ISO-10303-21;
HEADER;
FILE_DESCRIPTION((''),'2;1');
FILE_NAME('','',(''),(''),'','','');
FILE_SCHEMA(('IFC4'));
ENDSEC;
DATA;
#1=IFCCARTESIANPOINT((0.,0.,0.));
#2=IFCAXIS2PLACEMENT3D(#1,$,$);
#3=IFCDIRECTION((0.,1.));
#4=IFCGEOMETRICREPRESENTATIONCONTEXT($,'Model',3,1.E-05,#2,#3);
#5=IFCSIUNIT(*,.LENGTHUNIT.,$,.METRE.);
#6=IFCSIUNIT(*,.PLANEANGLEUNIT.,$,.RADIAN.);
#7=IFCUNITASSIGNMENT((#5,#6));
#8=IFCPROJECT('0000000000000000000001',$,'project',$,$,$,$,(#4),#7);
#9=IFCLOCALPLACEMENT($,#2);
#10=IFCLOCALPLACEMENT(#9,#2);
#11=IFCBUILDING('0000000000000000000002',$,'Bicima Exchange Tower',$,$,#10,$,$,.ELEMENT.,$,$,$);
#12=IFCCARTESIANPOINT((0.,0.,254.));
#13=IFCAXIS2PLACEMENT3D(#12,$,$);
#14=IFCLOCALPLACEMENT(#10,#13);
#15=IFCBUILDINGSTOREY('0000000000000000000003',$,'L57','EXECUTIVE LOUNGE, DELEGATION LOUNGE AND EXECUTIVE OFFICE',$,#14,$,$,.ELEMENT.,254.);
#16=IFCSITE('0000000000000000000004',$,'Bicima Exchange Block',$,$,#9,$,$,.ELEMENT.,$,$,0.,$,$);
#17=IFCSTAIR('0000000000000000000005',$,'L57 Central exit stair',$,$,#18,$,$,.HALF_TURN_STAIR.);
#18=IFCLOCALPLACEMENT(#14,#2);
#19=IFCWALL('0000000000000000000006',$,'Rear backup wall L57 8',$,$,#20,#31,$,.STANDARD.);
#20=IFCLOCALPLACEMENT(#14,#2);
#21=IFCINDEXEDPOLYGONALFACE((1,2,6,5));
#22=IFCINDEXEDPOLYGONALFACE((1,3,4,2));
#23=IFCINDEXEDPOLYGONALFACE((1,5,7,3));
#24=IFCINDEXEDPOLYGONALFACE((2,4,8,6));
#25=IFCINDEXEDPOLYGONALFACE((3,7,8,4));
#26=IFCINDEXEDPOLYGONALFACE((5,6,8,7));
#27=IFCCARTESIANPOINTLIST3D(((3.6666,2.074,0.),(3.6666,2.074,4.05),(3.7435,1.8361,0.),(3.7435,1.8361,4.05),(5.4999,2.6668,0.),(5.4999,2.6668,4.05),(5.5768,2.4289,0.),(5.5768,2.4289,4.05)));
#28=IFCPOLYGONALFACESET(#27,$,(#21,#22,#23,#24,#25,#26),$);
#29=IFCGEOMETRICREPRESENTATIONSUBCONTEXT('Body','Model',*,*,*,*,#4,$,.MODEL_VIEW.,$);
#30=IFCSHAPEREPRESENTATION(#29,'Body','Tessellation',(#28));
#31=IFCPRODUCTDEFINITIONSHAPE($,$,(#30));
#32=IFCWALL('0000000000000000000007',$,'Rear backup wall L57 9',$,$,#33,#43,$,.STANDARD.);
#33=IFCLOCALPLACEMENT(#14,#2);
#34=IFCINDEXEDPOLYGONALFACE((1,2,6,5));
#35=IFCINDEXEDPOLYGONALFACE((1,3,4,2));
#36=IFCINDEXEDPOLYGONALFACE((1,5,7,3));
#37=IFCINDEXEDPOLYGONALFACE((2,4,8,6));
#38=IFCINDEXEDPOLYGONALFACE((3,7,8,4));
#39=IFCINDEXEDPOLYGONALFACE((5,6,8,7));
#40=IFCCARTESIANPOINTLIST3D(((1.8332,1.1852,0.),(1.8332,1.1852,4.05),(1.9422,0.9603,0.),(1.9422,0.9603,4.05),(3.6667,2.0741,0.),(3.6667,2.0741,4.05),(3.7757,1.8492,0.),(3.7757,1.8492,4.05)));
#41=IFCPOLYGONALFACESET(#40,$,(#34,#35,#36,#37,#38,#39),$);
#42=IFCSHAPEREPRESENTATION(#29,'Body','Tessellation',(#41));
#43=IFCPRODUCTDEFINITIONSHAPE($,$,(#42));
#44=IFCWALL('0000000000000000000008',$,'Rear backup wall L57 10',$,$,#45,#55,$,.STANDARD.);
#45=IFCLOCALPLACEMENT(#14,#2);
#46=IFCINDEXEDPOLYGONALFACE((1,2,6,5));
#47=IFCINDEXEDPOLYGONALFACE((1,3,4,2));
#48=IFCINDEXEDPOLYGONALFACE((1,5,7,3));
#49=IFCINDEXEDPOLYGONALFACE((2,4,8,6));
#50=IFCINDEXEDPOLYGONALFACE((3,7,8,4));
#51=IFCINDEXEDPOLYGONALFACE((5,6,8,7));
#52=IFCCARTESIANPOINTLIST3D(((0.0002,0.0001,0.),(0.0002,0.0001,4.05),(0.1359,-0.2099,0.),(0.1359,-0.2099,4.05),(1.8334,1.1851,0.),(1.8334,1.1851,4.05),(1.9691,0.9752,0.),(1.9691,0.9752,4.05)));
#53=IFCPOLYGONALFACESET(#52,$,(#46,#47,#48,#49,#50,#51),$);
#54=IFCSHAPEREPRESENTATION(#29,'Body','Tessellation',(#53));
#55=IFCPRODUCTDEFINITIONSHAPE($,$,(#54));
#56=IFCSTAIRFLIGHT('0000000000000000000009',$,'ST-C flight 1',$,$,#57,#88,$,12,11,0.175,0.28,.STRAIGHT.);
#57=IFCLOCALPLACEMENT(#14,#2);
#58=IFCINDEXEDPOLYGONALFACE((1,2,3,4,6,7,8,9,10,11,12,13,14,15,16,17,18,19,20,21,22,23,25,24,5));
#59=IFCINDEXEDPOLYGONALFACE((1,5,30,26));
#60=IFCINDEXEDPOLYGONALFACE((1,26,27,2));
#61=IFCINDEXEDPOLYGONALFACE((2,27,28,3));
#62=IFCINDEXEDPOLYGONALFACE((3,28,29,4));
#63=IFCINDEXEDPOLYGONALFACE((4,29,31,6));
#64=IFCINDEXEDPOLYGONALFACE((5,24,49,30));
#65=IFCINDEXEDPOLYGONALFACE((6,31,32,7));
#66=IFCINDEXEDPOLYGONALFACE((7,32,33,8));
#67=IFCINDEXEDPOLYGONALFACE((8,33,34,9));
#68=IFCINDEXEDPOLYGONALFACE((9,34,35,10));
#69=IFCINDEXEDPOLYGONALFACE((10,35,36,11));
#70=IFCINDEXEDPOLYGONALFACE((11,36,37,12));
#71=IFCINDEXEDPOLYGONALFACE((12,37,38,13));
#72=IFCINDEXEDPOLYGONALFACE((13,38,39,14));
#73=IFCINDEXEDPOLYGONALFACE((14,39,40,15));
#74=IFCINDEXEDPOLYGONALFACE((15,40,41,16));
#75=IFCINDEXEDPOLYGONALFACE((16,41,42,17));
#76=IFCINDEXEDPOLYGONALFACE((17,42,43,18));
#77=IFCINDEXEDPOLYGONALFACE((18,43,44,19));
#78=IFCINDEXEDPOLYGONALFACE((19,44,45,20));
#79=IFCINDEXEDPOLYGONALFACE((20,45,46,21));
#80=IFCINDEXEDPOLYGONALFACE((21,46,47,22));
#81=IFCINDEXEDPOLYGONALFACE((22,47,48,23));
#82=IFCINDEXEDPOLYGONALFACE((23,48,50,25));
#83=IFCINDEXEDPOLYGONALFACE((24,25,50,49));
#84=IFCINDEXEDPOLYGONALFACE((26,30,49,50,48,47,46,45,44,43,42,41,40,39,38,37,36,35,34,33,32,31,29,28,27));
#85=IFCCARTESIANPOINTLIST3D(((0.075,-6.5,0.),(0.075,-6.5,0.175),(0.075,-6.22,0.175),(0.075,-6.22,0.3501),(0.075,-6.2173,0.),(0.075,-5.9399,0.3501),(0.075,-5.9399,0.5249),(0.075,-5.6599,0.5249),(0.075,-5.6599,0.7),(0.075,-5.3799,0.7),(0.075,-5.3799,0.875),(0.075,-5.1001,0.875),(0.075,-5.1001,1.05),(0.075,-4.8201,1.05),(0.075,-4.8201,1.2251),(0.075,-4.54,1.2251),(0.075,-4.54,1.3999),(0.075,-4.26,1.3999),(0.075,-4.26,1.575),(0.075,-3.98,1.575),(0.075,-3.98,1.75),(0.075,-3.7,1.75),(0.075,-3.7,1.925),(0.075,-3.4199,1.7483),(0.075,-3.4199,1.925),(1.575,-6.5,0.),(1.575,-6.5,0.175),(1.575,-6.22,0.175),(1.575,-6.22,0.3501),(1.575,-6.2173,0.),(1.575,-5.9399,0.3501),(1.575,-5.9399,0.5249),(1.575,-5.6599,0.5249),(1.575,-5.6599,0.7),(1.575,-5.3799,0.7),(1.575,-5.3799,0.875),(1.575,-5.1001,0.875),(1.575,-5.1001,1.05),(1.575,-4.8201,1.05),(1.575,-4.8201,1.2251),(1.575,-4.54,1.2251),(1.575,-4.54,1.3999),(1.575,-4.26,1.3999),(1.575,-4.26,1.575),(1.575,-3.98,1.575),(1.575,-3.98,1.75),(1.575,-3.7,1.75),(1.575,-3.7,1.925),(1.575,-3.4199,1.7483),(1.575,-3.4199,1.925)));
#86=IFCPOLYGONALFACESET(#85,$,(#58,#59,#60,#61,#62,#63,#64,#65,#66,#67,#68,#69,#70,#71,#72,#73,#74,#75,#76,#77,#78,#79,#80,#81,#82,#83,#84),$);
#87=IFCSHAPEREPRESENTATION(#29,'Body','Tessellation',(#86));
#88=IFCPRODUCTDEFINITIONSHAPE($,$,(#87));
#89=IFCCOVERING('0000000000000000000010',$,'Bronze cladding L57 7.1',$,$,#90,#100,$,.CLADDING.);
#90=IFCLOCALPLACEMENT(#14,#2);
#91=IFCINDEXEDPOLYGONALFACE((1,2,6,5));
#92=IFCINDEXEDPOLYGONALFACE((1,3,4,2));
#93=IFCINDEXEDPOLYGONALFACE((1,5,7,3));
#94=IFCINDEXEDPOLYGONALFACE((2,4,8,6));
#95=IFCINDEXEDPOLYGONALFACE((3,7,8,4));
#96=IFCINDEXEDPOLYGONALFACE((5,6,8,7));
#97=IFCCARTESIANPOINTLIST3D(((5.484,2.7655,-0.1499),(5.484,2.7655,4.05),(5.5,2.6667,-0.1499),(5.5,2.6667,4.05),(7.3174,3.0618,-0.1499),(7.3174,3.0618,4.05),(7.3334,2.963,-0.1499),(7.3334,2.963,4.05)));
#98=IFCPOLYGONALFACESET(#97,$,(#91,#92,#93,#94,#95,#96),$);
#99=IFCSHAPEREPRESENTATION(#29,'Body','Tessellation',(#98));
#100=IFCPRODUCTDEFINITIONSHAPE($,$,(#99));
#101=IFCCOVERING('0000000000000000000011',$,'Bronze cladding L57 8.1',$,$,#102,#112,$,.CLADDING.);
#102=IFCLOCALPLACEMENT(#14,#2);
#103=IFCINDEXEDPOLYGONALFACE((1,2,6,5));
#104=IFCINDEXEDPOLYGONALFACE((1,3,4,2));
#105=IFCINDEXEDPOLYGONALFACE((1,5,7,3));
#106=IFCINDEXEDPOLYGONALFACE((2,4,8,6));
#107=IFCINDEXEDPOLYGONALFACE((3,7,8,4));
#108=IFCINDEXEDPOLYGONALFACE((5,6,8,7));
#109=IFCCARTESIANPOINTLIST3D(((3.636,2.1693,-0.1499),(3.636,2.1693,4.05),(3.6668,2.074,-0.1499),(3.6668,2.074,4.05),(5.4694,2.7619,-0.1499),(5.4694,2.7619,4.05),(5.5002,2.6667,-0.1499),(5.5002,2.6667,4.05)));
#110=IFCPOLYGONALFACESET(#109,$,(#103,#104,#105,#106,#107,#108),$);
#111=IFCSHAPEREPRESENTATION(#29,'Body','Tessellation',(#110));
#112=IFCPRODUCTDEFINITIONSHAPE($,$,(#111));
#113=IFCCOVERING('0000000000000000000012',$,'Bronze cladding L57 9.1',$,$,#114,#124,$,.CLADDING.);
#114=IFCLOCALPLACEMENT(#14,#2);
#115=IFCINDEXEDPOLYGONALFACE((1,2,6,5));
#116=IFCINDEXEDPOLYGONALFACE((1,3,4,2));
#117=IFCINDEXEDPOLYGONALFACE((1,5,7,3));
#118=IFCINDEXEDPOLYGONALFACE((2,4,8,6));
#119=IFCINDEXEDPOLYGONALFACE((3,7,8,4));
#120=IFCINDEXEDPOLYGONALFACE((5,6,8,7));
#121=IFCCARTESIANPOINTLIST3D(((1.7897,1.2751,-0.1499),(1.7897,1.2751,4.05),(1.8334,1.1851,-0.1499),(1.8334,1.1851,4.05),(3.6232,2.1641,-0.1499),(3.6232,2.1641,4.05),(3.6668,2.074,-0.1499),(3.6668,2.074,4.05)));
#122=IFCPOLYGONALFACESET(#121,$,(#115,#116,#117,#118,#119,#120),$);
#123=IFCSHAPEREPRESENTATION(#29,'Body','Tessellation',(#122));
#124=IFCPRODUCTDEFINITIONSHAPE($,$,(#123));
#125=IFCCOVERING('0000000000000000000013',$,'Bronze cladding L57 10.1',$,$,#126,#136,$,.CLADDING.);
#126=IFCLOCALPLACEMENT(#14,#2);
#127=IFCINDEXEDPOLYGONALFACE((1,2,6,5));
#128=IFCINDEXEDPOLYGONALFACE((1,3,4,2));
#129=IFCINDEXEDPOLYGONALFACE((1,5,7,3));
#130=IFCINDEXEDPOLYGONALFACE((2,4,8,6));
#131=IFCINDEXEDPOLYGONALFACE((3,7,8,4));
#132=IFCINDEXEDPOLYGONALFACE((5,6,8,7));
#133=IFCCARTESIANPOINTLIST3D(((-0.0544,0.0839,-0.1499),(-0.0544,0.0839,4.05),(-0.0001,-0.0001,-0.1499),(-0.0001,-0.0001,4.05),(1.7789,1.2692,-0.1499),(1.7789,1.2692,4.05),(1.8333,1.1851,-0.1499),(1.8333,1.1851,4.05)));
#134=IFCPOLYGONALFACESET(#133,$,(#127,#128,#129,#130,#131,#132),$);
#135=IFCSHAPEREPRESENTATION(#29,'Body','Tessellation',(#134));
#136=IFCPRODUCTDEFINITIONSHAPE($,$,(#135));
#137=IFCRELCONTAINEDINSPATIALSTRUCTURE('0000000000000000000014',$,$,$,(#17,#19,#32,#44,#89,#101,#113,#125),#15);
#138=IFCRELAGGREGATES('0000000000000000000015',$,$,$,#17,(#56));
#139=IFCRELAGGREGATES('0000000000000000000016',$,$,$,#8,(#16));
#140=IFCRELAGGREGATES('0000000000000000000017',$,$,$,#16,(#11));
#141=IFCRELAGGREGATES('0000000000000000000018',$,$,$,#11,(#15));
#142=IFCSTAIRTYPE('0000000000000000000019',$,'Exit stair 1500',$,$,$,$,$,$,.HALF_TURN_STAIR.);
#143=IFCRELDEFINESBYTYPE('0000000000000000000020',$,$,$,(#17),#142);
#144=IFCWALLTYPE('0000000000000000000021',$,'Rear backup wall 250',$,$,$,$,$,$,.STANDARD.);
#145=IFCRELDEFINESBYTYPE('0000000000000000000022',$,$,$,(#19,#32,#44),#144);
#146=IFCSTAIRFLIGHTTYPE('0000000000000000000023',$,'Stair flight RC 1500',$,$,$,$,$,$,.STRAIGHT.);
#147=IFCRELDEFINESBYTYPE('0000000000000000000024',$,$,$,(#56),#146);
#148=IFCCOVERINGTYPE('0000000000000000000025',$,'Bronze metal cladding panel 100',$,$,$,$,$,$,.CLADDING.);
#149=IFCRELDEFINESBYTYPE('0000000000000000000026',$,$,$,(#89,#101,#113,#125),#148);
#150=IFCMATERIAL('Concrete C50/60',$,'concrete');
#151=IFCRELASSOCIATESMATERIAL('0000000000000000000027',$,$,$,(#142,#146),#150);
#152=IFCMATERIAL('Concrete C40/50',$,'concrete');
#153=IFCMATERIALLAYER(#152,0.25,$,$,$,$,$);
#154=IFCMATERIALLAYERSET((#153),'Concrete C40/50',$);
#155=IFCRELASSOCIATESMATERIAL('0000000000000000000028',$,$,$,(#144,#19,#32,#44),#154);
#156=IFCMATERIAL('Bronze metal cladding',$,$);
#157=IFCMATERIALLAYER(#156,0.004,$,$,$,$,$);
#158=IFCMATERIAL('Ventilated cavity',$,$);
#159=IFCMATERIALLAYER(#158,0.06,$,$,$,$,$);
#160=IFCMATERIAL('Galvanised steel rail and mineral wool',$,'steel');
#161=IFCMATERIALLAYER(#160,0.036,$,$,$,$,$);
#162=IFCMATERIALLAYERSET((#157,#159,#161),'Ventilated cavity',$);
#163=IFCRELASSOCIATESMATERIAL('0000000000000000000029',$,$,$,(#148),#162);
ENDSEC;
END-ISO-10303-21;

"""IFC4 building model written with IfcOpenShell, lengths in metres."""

from ifc_helpers import new_model, si_unit, direction, frame, frame_2d, origin, origin_2d, place, context, subcontext, project, spatial, polyline, rectangle, outline, extrude, material, layer, layer_set, layer_usage, type_object, element, aggregate, save


model = new_model("IFC4")

# Units and contexts
model_context = context("Model", 3, precision=1e-05, world=origin(), true_north=direction((0.0, 1.0)))
body_context = subcontext(model_context, "Body", "Model", "MODEL_VIEW")
ifc_project = project(units=[si_unit("LENGTHUNIT", "METRE"), si_unit("PLANEANGLEUNIT", "RADIAN")], contexts=[model_context])

# Site, building, storey
site_placement = place(None, origin())
site = spatial("IfcSite", under=ifc_project, at=site_placement, Name="Bicima Exchange Block", CompositionType="ELEMENT", RefElevation=0.0)
building_placement = place(site_placement, origin())
building = spatial("IfcBuilding", under=site, at=building_placement, Name="Bicima Exchange Tower", CompositionType="ELEMENT")
storey_placement = place(building_placement, frame((0.0, 0.0, 254.0)))
storey = spatial("IfcBuildingStorey", under=building, at=storey_placement, Name="L57", Description="EXECUTIVE LOUNGE, DELEGATION LOUNGE AND EXECUTIVE OFFICE", CompositionType="ELEMENT", Elevation=254.0)

# Stair
ifc_material_1 = material(Name="Concrete C50/60", Category="concrete")
stair_type_1 = type_object("IfcStairType", Name="Exit stair 1500", PredefinedType="HALF_TURN_STAIR", material=ifc_material_1)
stair_1_placement = place(storey_placement, origin())
stair_1 = element("IfcStair", 1, at=stair_1_placement, inside=storey, type_object=stair_type_1, Name="L57 Central exit stair", PredefinedType="HALF_TURN_STAIR")

# Shared definitions
ifc_material_2 = material(Name="Concrete C40/50", Category="concrete")

# Walls
ifc_layer_1 = layer(ifc_material_2, 0.25)
ifc_layer_set_1 = layer_set([ifc_layer_1], Name="Concrete C40/50")
ifc_layer_usage = layer_usage(ifc_layer_set_1, "AXIS2", "POSITIVE", -0.125)
wall_type_1 = type_object("IfcWallType", Name="Rear backup wall 250", PredefinedType="STANDARD", material=ifc_layer_set_1)
wall_1_placement = place(storey_placement, frame((5.5383, 2.5479, 0.0), z_axis=(0.0, 0.0, 1.0), x_axis=(-0.951496, -0.307662, 0.0)))
element("IfcWall", 2, at=wall_1_placement, inside=storey, type_object=wall_type_1, material=ifc_layer_usage, Name="Rear backup wall L57 8", PredefinedType="STANDARD", context=body_context, shape_type="SweptSolid", body=[
    extrude(rectangle(XDim=1.9268, YDim=0.25, at=frame_2d((0.9634, 0.0))), origin(), (0.0, 0.0, 1.0), 4.05),
])
wall_2_placement = place(storey_placement, frame((3.7212, 1.9617, 0.0), z_axis=(0.0, 0.0, 1.0), x_axis=(-0.899824, -0.436253, 0.0)))
element("IfcWall", 3, at=wall_2_placement, inside=storey, type_object=wall_type_1, material=ifc_layer_usage, Name="Rear backup wall L57 9", PredefinedType="STANDARD", context=body_context, shape_type="SweptSolid", body=[
    extrude(rectangle(XDim=2.0376, YDim=0.25, at=frame_2d((1.0188, 0.0))), origin(), (0.0, 0.0, 1.0), 4.05),
])
wall_3_placement = place(storey_placement, frame((1.9011, 1.0801, 0.0), z_axis=(0.0, 0.0, 1.0), x_axis=(-0.839813, -0.542876, 0.0)))
element("IfcWall", 4, at=wall_3_placement, inside=storey, type_object=wall_type_1, material=ifc_layer_usage, Name="Rear backup wall L57 10", PredefinedType="STANDARD", context=body_context, shape_type="SweptSolid", body=[
    extrude(rectangle(XDim=2.1829, YDim=0.25, at=frame_2d((1.0913, 0.0))), origin(), (0.0, 0.0, 1.0), 4.05),
])

# Stair flight
stair_flight_type = type_object("IfcStairFlightType", Name="Stair flight RC 1500", PredefinedType="STRAIGHT", material=ifc_material_1)
stair_flight_placement = place(storey_placement, frame((0.825, -6.5, 0.0), z_axis=(0.0, 0.0, 1.0), x_axis=(0.0, 1.0, 0.0)))
stair_flight = element("IfcStairFlight", 5, at=stair_flight_placement, type_object=stair_flight_type, Name="ST-C flight 1", NumberOfRisers=12, NumberOfTreads=11, PredefinedType="STRAIGHT", RiserHeight=0.175, TreadLength=0.28, context=body_context, shape_type="SweptSolid", body=[
    extrude(outline(polyline([(0.0, 0.0), (0.0, 0.175), (0.28, 0.175), (0.28, 0.3501), (0.5601, 0.3501), (0.5601, 0.5249), (0.8401, 0.5249), (0.8401, 0.7), (1.1201, 0.7), (1.1201, 0.875), (1.3999, 0.875), (1.3999, 1.05), (1.6799, 1.05), (1.6799, 1.2251), (1.96, 1.2251), (1.96, 1.3999), (2.24, 1.3999), (2.24, 1.575), (2.52, 1.575), (2.52, 1.75), (2.8, 1.75), (2.8, 1.925), (3.0801, 1.925), (3.0801, 2.1001), (3.0801, 1.7483), (0.2827, 0.0), (0.0, 0.0)])), frame((0.0, 0.75, 0.0), z_axis=(0.0, -1.0, 0.0), x_axis=(1.0, 0.0, 0.0)), (0.0, 0.0, 1.0), 1.5),
])
aggregate(stair_1, [stair_flight])

# Coverings
ifc_material_3 = material(Name="Bronze metal cladding")
ifc_layer_2 = layer(ifc_material_3, 0.004)
ifc_material_4 = material(Name="Ventilated cavity")
ifc_layer_3 = layer(ifc_material_4, 0.06)
ifc_material_5 = material(Name="Galvanised steel rail and mineral wool", Category="steel")
ifc_layer_4 = layer(ifc_material_5, 0.036)
ifc_layer_set_2 = layer_set([ifc_layer_2, ifc_layer_3, ifc_layer_4], Name="Ventilated cavity")
covering_type = type_object("IfcCoveringType", Name="Bronze metal cladding panel 100", PredefinedType="CLADDING", material=ifc_layer_set_2)
covering_1_placement = place(storey_placement, frame((6.4087, 2.8643, -0.1499), z_axis=(0.0, 0.0, 1.0), x_axis=(-0.98719, -0.15955, 0.0)))
element("IfcCovering", 6, at=covering_1_placement, inside=storey, type_object=covering_type, Name="Bronze cladding L57 7.1", PredefinedType="CLADDING", context=body_context, shape_type="SweptSolid", body=[
    extrude(rectangle(XDim=1.8572, YDim=0.1001, at=origin_2d()), origin(), (0.0, 0.0, 1.0), 4.2),
])
covering_2_placement = place(storey_placement, frame((4.5681, 2.418, -0.1499), z_axis=(0.0, 0.0, 1.0), x_axis=(-0.951525, -0.307573, 0.0)))
element("IfcCovering", 7, at=covering_2_placement, inside=storey, type_object=covering_type, Name="Bronze cladding L57 8.1", PredefinedType="CLADDING", context=body_context, shape_type="SweptSolid", body=[
    extrude(rectangle(XDim=1.9268, YDim=0.1001, at=origin_2d()), origin(), (0.0, 0.0, 1.0), 4.2),
])
covering_3_placement = place(storey_placement, frame((2.7283, 1.6746, -0.1499), z_axis=(0.0, 0.0, 1.0), x_axis=(-0.899818, -0.436265, 0.0)))
element("IfcCovering", 8, at=covering_3_placement, inside=storey, type_object=covering_type, Name="Bronze cladding L57 9.1", PredefinedType="CLADDING", context=body_context, shape_type="SweptSolid", body=[
    extrude(rectangle(XDim=2.0376, YDim=0.1001, at=origin_2d()), origin(), (0.0, 0.0, 1.0), 4.2),
])
covering_4_placement = place(storey_placement, frame((0.8894, 0.6345, -0.1499), z_axis=(0.0, 0.0, 1.0), x_axis=(-0.83979, -0.542911, 0.0)))
element("IfcCovering", 9, at=covering_4_placement, inside=storey, type_object=covering_type, Name="Bronze cladding L57 10.1", PredefinedType="CLADDING", context=body_context, shape_type="SweptSolid", body=[
    extrude(rectangle(XDim=2.1831, YDim=0.1001, at=origin_2d()), origin(), (0.0, 0.0, 1.0), 4.2),
])

save(model, "model.ifc")
